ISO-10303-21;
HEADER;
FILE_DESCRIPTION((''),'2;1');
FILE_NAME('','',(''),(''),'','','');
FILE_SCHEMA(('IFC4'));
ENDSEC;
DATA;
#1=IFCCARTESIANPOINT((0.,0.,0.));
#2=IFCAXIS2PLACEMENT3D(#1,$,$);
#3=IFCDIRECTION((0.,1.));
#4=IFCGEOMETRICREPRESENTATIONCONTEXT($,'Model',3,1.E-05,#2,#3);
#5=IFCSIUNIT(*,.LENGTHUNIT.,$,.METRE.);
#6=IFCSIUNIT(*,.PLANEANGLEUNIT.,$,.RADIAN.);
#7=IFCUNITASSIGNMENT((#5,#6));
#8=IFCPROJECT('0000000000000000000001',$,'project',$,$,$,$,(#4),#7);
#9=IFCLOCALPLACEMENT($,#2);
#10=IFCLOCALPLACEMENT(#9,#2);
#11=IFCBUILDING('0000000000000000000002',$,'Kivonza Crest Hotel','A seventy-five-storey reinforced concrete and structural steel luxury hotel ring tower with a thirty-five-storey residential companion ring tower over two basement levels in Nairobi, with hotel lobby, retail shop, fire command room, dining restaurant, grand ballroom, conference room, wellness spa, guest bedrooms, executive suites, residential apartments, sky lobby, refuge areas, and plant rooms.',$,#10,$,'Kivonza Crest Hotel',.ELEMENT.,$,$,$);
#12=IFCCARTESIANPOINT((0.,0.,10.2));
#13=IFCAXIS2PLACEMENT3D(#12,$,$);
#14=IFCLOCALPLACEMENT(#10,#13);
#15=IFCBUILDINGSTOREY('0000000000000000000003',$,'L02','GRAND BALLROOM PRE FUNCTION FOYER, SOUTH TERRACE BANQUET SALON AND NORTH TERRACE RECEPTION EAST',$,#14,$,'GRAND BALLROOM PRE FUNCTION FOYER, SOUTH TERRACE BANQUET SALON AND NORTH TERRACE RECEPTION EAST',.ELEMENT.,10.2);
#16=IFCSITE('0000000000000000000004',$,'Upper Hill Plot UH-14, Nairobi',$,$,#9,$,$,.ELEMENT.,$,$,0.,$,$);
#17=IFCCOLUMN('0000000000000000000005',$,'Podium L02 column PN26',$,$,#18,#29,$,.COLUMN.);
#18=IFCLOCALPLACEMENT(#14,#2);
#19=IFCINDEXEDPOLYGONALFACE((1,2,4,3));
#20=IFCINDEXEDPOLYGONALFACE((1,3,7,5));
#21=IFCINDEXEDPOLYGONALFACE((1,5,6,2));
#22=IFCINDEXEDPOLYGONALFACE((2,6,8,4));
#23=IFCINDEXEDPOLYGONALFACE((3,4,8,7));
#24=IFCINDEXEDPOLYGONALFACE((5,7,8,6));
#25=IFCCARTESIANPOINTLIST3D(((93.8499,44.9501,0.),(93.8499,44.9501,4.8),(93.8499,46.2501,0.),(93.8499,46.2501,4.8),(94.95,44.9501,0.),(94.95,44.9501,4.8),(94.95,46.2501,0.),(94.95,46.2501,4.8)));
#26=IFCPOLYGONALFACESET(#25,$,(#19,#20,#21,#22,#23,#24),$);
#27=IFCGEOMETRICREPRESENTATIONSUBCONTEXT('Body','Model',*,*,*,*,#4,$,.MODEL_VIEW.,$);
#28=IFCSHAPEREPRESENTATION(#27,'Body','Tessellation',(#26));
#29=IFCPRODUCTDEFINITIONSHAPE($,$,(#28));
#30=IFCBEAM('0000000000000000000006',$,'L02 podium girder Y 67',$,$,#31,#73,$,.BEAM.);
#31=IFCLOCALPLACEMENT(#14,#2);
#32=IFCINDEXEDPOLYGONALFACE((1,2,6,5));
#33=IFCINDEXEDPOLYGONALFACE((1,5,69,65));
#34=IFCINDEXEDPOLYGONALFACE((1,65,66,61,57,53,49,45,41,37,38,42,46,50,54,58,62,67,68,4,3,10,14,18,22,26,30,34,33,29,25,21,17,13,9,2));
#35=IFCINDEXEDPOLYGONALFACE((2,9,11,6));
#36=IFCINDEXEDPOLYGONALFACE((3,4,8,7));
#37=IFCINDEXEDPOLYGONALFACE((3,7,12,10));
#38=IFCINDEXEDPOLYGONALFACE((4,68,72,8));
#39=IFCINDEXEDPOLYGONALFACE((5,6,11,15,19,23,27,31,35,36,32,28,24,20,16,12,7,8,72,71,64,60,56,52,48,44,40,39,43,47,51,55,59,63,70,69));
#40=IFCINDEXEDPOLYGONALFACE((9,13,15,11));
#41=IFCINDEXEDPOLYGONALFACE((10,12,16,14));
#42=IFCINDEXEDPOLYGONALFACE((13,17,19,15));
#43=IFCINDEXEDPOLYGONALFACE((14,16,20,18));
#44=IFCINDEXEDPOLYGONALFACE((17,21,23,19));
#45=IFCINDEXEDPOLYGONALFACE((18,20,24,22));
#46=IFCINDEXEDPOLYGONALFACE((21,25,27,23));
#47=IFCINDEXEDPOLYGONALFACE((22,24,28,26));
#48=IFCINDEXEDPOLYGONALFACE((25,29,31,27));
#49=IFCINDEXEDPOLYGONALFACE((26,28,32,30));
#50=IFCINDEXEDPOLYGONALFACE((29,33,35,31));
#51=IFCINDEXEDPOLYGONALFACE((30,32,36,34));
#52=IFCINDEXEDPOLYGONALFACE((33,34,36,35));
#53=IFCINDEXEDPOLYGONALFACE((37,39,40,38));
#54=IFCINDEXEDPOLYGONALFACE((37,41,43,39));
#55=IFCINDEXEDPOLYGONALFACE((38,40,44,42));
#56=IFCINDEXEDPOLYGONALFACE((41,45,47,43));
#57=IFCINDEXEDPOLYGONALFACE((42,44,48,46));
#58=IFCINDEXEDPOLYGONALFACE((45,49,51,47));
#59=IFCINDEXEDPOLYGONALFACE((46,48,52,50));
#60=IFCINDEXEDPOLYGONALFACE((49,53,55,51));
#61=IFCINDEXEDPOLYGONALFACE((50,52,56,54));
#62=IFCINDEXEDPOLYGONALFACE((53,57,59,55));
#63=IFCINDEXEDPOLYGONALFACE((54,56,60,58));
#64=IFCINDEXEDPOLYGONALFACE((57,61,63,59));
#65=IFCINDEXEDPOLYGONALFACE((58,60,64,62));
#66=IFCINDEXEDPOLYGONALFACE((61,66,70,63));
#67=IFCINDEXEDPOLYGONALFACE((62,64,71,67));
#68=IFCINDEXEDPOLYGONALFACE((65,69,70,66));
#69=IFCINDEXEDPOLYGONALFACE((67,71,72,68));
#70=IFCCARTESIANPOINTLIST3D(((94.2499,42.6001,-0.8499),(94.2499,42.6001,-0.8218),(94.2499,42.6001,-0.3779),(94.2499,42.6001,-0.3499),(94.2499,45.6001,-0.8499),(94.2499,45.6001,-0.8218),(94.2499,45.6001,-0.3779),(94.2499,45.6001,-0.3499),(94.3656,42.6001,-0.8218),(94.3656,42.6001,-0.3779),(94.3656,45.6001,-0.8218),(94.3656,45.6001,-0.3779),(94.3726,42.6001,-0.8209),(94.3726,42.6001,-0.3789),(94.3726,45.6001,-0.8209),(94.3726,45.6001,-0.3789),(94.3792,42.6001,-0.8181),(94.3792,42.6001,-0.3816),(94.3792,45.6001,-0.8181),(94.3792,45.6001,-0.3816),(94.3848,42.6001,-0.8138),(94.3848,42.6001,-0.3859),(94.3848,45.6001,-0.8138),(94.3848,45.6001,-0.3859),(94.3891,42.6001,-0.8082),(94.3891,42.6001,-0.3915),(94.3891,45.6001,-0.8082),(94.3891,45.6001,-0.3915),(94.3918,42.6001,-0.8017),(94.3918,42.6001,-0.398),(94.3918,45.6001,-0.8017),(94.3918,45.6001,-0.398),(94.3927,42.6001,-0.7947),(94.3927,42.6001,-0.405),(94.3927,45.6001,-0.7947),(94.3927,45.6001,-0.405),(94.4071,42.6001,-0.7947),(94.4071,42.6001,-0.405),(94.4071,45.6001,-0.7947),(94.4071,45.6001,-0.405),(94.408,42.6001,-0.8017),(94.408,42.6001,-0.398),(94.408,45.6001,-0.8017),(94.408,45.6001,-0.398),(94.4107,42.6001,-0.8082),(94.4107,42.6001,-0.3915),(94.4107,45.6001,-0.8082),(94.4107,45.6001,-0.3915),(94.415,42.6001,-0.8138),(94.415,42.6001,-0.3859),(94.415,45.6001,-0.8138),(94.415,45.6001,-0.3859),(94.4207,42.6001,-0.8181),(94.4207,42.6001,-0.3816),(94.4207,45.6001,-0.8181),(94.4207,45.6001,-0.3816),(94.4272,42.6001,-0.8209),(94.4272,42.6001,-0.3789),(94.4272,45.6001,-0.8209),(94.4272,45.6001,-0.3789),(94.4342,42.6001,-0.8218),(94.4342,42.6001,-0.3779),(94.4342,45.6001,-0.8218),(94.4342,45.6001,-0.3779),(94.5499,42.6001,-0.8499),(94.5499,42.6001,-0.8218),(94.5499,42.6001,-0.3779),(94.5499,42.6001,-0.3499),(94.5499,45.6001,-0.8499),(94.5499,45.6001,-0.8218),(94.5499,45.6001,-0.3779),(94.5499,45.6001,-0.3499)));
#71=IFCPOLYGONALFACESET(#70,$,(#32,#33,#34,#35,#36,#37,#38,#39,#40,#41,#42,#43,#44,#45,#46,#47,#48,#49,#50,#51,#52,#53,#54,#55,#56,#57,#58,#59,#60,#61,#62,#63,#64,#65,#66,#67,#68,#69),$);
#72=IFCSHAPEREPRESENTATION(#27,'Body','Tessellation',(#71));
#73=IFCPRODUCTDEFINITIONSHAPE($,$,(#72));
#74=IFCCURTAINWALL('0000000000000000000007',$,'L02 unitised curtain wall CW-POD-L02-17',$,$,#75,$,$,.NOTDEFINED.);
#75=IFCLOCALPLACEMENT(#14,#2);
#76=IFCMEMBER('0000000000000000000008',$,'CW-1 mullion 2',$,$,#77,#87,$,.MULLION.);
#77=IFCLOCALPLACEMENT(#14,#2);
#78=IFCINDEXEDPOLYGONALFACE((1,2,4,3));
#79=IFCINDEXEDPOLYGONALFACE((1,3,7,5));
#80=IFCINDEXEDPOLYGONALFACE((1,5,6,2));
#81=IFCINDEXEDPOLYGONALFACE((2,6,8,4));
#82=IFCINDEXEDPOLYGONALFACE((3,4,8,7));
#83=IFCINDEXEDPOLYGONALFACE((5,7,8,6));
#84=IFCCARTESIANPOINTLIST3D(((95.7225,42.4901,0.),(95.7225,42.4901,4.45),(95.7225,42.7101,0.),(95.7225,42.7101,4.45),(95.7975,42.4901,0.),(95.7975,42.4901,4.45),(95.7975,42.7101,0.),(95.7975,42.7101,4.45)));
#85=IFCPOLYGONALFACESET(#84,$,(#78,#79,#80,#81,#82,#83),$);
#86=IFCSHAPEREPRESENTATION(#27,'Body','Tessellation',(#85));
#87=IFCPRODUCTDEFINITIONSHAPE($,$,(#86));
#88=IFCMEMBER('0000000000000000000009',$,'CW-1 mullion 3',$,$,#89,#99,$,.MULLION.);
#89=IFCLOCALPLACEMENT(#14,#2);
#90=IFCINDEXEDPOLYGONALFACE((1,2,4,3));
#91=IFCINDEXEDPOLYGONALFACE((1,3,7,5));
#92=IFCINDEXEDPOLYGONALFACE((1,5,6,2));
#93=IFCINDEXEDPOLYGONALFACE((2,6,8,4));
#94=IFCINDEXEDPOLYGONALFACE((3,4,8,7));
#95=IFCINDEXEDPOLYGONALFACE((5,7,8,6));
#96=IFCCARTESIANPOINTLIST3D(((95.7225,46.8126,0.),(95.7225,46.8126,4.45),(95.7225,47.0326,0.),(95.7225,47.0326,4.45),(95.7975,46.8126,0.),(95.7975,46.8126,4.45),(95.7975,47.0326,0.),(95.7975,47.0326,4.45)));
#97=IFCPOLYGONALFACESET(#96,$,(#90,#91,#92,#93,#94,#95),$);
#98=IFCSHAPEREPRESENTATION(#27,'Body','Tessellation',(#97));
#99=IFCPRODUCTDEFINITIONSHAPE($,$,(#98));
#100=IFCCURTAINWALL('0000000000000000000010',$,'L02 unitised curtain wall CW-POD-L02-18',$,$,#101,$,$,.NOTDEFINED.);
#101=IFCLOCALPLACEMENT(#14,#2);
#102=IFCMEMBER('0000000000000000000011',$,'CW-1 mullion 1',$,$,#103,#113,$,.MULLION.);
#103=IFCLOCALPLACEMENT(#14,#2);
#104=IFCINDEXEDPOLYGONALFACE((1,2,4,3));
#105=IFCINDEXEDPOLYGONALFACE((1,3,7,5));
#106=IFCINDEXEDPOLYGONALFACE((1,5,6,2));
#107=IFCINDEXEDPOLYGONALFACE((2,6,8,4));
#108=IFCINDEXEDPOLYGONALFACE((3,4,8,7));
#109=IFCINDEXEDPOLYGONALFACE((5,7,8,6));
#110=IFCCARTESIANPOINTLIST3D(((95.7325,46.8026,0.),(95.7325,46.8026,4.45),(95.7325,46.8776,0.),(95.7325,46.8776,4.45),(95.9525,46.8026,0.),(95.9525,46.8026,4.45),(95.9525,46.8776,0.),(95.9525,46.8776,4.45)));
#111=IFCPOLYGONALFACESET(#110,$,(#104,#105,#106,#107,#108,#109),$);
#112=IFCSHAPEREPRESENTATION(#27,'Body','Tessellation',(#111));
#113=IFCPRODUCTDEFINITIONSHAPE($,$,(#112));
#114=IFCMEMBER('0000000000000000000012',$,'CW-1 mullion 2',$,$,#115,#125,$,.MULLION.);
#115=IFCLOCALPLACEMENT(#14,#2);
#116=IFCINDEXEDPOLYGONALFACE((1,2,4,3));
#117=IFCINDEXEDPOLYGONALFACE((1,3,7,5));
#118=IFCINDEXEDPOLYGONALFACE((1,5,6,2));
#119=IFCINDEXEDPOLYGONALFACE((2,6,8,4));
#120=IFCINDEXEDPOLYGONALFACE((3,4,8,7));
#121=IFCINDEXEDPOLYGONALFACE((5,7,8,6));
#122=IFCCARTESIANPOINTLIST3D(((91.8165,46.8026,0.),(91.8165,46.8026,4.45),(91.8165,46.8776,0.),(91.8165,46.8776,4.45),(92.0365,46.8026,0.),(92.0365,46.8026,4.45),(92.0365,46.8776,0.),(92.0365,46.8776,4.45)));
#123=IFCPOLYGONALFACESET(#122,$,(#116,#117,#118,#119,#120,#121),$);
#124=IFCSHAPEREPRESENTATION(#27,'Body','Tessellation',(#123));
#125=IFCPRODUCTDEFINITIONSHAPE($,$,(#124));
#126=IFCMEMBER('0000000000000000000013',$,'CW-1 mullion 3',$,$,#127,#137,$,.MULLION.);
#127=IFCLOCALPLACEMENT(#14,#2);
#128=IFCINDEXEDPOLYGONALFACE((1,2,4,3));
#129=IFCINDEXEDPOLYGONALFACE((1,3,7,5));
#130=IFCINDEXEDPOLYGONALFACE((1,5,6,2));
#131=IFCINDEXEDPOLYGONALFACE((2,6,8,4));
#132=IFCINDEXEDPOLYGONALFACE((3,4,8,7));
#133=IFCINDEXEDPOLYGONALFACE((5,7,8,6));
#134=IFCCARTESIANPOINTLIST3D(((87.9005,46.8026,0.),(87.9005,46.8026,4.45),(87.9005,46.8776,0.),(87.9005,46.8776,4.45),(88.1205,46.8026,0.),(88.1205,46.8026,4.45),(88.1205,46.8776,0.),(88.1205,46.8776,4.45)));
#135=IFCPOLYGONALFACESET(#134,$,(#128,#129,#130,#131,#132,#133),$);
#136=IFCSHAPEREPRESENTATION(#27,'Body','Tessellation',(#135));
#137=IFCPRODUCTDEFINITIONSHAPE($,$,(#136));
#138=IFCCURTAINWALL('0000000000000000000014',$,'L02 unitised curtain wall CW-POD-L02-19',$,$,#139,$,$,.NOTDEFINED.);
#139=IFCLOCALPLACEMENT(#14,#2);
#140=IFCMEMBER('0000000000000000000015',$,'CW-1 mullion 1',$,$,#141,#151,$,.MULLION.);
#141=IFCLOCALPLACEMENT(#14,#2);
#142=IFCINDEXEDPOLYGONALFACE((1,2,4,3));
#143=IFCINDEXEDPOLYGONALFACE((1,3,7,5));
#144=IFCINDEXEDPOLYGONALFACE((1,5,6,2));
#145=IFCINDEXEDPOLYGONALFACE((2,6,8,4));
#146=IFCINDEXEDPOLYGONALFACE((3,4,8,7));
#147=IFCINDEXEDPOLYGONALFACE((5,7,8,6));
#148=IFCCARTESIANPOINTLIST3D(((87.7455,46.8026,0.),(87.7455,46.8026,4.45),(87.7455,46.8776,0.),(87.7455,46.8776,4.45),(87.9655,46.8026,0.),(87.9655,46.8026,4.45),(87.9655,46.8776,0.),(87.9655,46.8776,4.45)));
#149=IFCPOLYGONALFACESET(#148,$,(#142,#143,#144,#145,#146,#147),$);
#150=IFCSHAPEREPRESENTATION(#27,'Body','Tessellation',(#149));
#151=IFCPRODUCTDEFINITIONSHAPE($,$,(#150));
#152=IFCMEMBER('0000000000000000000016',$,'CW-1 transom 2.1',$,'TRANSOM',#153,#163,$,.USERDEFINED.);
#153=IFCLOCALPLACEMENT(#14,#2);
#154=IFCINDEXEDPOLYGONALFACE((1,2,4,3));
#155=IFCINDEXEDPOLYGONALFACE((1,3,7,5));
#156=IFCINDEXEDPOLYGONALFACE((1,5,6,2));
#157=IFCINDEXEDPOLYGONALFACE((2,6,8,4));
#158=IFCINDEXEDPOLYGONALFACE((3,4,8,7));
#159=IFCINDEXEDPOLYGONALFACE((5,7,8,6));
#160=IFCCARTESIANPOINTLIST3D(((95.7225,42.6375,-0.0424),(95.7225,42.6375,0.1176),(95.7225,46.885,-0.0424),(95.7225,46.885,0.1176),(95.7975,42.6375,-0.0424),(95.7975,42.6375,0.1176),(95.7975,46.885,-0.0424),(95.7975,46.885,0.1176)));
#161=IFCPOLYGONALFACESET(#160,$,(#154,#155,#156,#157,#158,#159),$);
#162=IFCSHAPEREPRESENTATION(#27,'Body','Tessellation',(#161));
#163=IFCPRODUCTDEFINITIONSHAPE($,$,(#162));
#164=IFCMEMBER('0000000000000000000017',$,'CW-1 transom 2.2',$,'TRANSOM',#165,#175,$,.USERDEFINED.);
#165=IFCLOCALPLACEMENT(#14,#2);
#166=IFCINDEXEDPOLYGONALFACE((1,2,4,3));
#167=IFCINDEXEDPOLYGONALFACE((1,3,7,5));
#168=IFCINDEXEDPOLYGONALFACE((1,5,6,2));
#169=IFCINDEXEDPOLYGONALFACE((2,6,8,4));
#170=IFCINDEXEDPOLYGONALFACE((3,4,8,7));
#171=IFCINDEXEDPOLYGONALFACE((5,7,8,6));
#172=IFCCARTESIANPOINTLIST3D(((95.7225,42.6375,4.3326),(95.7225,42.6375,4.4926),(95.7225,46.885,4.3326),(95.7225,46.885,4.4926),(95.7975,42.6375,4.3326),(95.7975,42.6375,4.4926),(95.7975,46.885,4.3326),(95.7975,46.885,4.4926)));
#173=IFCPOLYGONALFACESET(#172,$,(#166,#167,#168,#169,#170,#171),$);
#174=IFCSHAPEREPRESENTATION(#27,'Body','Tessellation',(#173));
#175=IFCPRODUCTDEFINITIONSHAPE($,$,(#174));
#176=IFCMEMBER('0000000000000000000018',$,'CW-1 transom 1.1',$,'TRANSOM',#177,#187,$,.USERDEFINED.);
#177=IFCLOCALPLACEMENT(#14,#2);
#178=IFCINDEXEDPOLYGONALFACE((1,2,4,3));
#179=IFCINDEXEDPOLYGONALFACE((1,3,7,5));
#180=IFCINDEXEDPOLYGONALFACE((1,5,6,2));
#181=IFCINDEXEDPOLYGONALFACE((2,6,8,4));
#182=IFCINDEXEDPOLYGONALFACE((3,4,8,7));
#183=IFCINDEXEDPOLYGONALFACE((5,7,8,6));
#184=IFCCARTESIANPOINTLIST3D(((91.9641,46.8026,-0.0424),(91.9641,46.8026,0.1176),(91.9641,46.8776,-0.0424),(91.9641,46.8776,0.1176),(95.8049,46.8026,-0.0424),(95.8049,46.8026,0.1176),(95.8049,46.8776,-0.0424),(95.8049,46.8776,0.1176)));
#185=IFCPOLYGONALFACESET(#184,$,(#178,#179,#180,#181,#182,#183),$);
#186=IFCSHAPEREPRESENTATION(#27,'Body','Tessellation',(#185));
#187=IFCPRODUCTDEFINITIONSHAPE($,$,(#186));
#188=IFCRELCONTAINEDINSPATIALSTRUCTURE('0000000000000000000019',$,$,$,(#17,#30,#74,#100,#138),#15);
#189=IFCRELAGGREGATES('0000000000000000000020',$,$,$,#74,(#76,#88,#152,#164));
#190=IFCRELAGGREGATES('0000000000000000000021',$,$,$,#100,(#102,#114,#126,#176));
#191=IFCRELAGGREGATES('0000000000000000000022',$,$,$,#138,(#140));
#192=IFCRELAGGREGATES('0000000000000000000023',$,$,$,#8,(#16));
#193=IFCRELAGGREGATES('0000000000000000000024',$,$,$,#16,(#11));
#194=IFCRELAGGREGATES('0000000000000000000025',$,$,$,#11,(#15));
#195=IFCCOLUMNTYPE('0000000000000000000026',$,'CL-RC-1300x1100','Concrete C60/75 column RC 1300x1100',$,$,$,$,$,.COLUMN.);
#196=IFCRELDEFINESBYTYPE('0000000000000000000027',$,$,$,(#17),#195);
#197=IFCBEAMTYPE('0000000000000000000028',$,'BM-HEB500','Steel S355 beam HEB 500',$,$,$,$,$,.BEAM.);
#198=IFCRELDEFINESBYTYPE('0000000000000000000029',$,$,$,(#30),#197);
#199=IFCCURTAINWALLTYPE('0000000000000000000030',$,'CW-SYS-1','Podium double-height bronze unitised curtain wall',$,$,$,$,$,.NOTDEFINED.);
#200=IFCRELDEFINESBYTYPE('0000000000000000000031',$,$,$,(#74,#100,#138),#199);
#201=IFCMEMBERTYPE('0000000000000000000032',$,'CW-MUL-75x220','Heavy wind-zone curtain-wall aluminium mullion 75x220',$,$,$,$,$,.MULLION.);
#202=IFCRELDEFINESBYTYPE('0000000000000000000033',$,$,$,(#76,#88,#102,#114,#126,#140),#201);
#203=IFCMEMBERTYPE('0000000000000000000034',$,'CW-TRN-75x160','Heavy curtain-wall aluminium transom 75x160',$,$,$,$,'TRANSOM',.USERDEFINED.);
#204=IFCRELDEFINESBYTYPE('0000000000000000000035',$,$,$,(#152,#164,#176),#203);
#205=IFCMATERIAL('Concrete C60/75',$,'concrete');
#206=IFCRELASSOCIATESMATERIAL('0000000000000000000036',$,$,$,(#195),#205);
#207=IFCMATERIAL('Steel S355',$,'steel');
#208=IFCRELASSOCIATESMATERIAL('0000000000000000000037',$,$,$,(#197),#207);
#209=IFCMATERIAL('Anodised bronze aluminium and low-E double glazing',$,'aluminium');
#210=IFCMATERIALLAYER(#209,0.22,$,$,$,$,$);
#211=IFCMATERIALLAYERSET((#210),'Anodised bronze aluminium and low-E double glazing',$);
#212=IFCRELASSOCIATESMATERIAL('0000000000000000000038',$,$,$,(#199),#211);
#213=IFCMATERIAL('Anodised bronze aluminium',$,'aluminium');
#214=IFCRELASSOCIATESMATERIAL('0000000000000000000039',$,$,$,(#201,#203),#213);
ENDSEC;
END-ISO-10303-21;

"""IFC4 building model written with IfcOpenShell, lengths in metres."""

from ifc_helpers import new_model, si_unit, direction, frame, origin, origin_2d, place, context, subcontext, project, spatial, rectangle, i_section, extrude, material, layer, layer_set, material_profile, profile_set, type_object, element, aggregate, save


model = new_model("IFC4")

# Units and contexts
model_context = context("Model", 3, precision=1e-05, world=origin(), true_north=direction((0.0, 1.0)))
body_context = subcontext(model_context, "Body", "Model", "MODEL_VIEW")
ifc_project = project(units=[si_unit("LENGTHUNIT", "METRE"), si_unit("PLANEANGLEUNIT", "RADIAN")], contexts=[model_context])

# Site, building, storey
site_placement = place(None, origin())
site = spatial("IfcSite", under=ifc_project, at=site_placement, Name="Upper Hill Plot UH-14, Nairobi", CompositionType="ELEMENT", RefElevation=0.0)
building_placement = place(site_placement, origin())
building = spatial("IfcBuilding", under=site, at=building_placement, Name="Kivonza Crest Hotel", Description="A seventy-five-storey reinforced concrete and structural steel luxury hotel ring tower with a thirty-five-storey residential companion ring tower over two basement levels in Nairobi, with hotel lobby, retail shop, fire command room, dining restaurant, grand ballroom, conference room, wellness spa, guest bedrooms, executive suites, residential apartments, sky lobby, refuge areas, and plant rooms.", LongName="Kivonza Crest Hotel", CompositionType="ELEMENT")
storey_placement = place(building_placement, frame((0.0, 0.0, 10.2)))
storey = spatial("IfcBuildingStorey", under=building, at=storey_placement, Name="L02", Description="GRAND BALLROOM PRE FUNCTION FOYER, SOUTH TERRACE BANQUET SALON AND NORTH TERRACE RECEPTION EAST", LongName="GRAND BALLROOM PRE FUNCTION FOYER, SOUTH TERRACE BANQUET SALON AND NORTH TERRACE RECEPTION EAST", CompositionType="ELEMENT", Elevation=10.2)

# Column
ifc_material_1 = material(Name="Concrete C60/75", Category="concrete")
ifc_material_profile_1 = material_profile(ifc_material_1, rectangle(XDim=1.1001, YDim=1.3, at=origin_2d()), Name="RC 1300x1100")
ifc_profile_set_1 = profile_set([ifc_material_profile_1], Name="Concrete C60/75")
column_type = type_object("IfcColumnType", Name="CL-RC-1300x1100", Description="Concrete C60/75 column RC 1300x1100", PredefinedType="COLUMN", material=ifc_profile_set_1)
column_placement = place(storey_placement, frame((94.3999, 45.6001, 0.0), z_axis=(0.0, 0.0, 1.0), x_axis=(1.0, 0.0, 0.0)))
element("IfcColumn", 1, at=column_placement, inside=storey, type_object=column_type, Name="Podium L02 column PN26", PredefinedType="COLUMN", context=body_context, shape_type="SweptSolid", body=[
    extrude(rectangle(XDim=1.1001, YDim=1.3, at=origin_2d()), origin(), (0.0, 0.0, 1.0), 4.8),
])

# Beam
ifc_material_2 = material(Name="Steel S355", Category="steel")
ifc_material_profile_2 = material_profile(ifc_material_2, i_section(OverallWidth=0.3, OverallDepth=0.5, WebThickness=0.0144, FlangeThickness=0.0281, FilletRadius=0.0271, at=origin_2d()), Name="HEB 500")
ifc_profile_set_2 = profile_set([ifc_material_profile_2], Name="Steel S355")
beam_type = type_object("IfcBeamType", Name="BM-HEB500", Description="Steel S355 beam HEB 500", PredefinedType="BEAM", material=ifc_profile_set_2)
beam_placement = place(storey_placement, frame((94.3999, 42.6001, -0.5999), z_axis=(0.0, 1.0, 0.0), x_axis=(-1.0, 0.0, 0.0)))
element("IfcBeam", 2, at=beam_placement, inside=storey, type_object=beam_type, Name="L02 podium girder Y 67", PredefinedType="BEAM", context=body_context, shape_type="SweptSolid", body=[
    extrude(i_section(OverallWidth=0.3, OverallDepth=0.5, WebThickness=0.0144, FlangeThickness=0.0281, FilletRadius=0.0271, at=origin_2d()), origin(), (0.0, 0.0, 1.0), 3.0),
])

# Curtain walls, members
ifc_material_3 = material(Name="Anodised bronze aluminium and low-E double glazing", Category="aluminium")
ifc_layer_1 = layer(ifc_material_3, 0.22)
ifc_layer_set_1 = layer_set([ifc_layer_1], Name="Anodised bronze aluminium and low-E double glazing")
curtain_wall_type = type_object("IfcCurtainWallType", Name="CW-SYS-1", Description="Podium double-height bronze unitised curtain wall", PredefinedType="NOTDEFINED", material=ifc_layer_set_1)
curtain_wall_1_placement = place(storey_placement, origin())
curtain_wall_1 = element("IfcCurtainWall", 3, at=curtain_wall_1_placement, inside=storey, type_object=curtain_wall_type, Name="L02 unitised curtain wall CW-POD-L02-17", PredefinedType="NOTDEFINED")
ifc_material_4 = material(Name="Anodised bronze aluminium", Category="aluminium")
ifc_material_profile_3 = material_profile(ifc_material_4, rectangle(XDim=0.075, YDim=0.22, at=origin_2d()), Name="CW-M 75x220")
ifc_profile_set_3 = profile_set([ifc_material_profile_3], Name="Anodised bronze aluminium")
member_type_1 = type_object("IfcMemberType", Name="CW-MUL-75x220", Description="Heavy wind-zone curtain-wall aluminium mullion 75x220", PredefinedType="MULLION", material=ifc_profile_set_3)
member_1_placement = place(storey_placement, frame((95.76, 42.6001, 0.0), z_axis=(0.0, 0.0, 1.0), x_axis=(-1.0, 0.0, 0.0)))
member_1 = element("IfcMember", 4, at=member_1_placement, type_object=member_type_1, Name="CW-1 mullion 2", PredefinedType="MULLION", context=body_context, shape_type="SweptSolid", body=[
    extrude(rectangle(XDim=0.075, YDim=0.22, at=origin_2d()), origin(), (0.0, 0.0, 1.0), 4.45),
])
member_2_placement = place(storey_placement, frame((95.76, 46.9226, 0.0), z_axis=(0.0, 0.0, 1.0), x_axis=(-1.0, 0.0, 0.0)))
member_2 = element("IfcMember", 5, at=member_2_placement, type_object=member_type_1, Name="CW-1 mullion 3", PredefinedType="MULLION", context=body_context, shape_type="SweptSolid", body=[
    extrude(rectangle(XDim=0.075, YDim=0.22, at=origin_2d()), origin(), (0.0, 0.0, 1.0), 4.45),
])
curtain_wall_2_placement = place(storey_placement, origin())
curtain_wall_2 = element("IfcCurtainWall", 6, at=curtain_wall_2_placement, inside=storey, type_object=curtain_wall_type, Name="L02 unitised curtain wall CW-POD-L02-18", PredefinedType="NOTDEFINED")
member_3_placement = place(storey_placement, frame((95.8425, 46.8401, 0.0), z_axis=(0.0, 0.0, 1.0), x_axis=(0.0, -1.0, 0.0)))
member_3 = element("IfcMember", 7, at=member_3_placement, type_object=member_type_1, Name="CW-1 mullion 1", PredefinedType="MULLION", context=body_context, shape_type="SweptSolid", body=[
    extrude(rectangle(XDim=0.075, YDim=0.22, at=origin_2d()), origin(), (0.0, 0.0, 1.0), 4.45),
])
member_4_placement = place(storey_placement, frame((91.9265, 46.8401, 0.0), z_axis=(0.0, 0.0, 1.0), x_axis=(0.0, -1.0, 0.0)))
member_4 = element("IfcMember", 8, at=member_4_placement, type_object=member_type_1, Name="CW-1 mullion 2", PredefinedType="MULLION", context=body_context, shape_type="SweptSolid", body=[
    extrude(rectangle(XDim=0.075, YDim=0.22, at=origin_2d()), origin(), (0.0, 0.0, 1.0), 4.45),
])
member_5_placement = place(storey_placement, frame((88.0105, 46.8401, 0.0), z_axis=(0.0, 0.0, 1.0), x_axis=(0.0, -1.0, 0.0)))
member_5 = element("IfcMember", 9, at=member_5_placement, type_object=member_type_1, Name="CW-1 mullion 3", PredefinedType="MULLION", context=body_context, shape_type="SweptSolid", body=[
    extrude(rectangle(XDim=0.075, YDim=0.22, at=origin_2d()), origin(), (0.0, 0.0, 1.0), 4.45),
])

# Curtain wall, member
curtain_wall_3_placement = place(storey_placement, origin())
curtain_wall_3 = element("IfcCurtainWall", 10, at=curtain_wall_3_placement, inside=storey, type_object=curtain_wall_type, Name="L02 unitised curtain wall CW-POD-L02-19", PredefinedType="NOTDEFINED")
member_6_placement = place(storey_placement, frame((87.8555, 46.8401, 0.0), z_axis=(0.0, 0.0, 1.0), x_axis=(0.0, -1.0, 0.0)))
member_6 = element("IfcMember", 11, at=member_6_placement, type_object=member_type_1, Name="CW-1 mullion 1", PredefinedType="MULLION", context=body_context, shape_type="SweptSolid", body=[
    extrude(rectangle(XDim=0.075, YDim=0.22, at=origin_2d()), origin(), (0.0, 0.0, 1.0), 4.45),
])

# Members
ifc_material_profile_4 = material_profile(ifc_material_4, rectangle(XDim=0.075, YDim=0.1599, at=origin_2d()), Name="CW-T 75x160")
ifc_profile_set_4 = profile_set([ifc_material_profile_4], Name="Anodised bronze aluminium")
member_type_2 = type_object("IfcMemberType", Name="CW-TRN-75x160", Description="Heavy curtain-wall aluminium transom 75x160", ElementType="TRANSOM", PredefinedType="USERDEFINED", material=ifc_profile_set_4)
member_7_placement = place(storey_placement, frame((95.76, 42.6375, 0.0376), z_axis=(0.0, 1.0, 0.0), x_axis=(-1.0, 0.0, 0.0)))
member_7 = element("IfcMember", 12, at=member_7_placement, type_object=member_type_2, Name="CW-1 transom 2.1", ObjectType="TRANSOM", PredefinedType="USERDEFINED", context=body_context, shape_type="SweptSolid", body=[
    extrude(rectangle(XDim=0.075, YDim=0.1599, at=origin_2d()), origin(), (0.0, 0.0, 1.0), 4.2476),
])
member_8_placement = place(storey_placement, frame((95.76, 42.6375, 4.4126), z_axis=(0.0, 1.0, 0.0), x_axis=(-1.0, 0.0, 0.0)))
member_8 = element("IfcMember", 13, at=member_8_placement, type_object=member_type_2, Name="CW-1 transom 2.2", ObjectType="TRANSOM", PredefinedType="USERDEFINED", context=body_context, shape_type="SweptSolid", body=[
    extrude(rectangle(XDim=0.075, YDim=0.1599, at=origin_2d()), origin(), (0.0, 0.0, 1.0), 4.2476),
])
member_9_placement = place(storey_placement, frame((95.8049, 46.8401, 0.0376), z_axis=(-1.0, 0.0, 0.0), x_axis=(0.0, -1.0, 0.0)))
member_9 = element("IfcMember", 14, at=member_9_placement, type_object=member_type_2, Name="CW-1 transom 1.1", ObjectType="TRANSOM", PredefinedType="USERDEFINED", context=body_context, shape_type="SweptSolid", body=[
    extrude(rectangle(XDim=0.075, YDim=0.1599, at=origin_2d()), origin(), (0.0, 0.0, 1.0), 3.8408),
])

aggregate(curtain_wall_1, [member_1, member_2, member_7, member_8])
aggregate(curtain_wall_2, [member_3, member_4, member_5, member_9])
aggregate(curtain_wall_3, [member_6])

save(model, "model.ifc")
